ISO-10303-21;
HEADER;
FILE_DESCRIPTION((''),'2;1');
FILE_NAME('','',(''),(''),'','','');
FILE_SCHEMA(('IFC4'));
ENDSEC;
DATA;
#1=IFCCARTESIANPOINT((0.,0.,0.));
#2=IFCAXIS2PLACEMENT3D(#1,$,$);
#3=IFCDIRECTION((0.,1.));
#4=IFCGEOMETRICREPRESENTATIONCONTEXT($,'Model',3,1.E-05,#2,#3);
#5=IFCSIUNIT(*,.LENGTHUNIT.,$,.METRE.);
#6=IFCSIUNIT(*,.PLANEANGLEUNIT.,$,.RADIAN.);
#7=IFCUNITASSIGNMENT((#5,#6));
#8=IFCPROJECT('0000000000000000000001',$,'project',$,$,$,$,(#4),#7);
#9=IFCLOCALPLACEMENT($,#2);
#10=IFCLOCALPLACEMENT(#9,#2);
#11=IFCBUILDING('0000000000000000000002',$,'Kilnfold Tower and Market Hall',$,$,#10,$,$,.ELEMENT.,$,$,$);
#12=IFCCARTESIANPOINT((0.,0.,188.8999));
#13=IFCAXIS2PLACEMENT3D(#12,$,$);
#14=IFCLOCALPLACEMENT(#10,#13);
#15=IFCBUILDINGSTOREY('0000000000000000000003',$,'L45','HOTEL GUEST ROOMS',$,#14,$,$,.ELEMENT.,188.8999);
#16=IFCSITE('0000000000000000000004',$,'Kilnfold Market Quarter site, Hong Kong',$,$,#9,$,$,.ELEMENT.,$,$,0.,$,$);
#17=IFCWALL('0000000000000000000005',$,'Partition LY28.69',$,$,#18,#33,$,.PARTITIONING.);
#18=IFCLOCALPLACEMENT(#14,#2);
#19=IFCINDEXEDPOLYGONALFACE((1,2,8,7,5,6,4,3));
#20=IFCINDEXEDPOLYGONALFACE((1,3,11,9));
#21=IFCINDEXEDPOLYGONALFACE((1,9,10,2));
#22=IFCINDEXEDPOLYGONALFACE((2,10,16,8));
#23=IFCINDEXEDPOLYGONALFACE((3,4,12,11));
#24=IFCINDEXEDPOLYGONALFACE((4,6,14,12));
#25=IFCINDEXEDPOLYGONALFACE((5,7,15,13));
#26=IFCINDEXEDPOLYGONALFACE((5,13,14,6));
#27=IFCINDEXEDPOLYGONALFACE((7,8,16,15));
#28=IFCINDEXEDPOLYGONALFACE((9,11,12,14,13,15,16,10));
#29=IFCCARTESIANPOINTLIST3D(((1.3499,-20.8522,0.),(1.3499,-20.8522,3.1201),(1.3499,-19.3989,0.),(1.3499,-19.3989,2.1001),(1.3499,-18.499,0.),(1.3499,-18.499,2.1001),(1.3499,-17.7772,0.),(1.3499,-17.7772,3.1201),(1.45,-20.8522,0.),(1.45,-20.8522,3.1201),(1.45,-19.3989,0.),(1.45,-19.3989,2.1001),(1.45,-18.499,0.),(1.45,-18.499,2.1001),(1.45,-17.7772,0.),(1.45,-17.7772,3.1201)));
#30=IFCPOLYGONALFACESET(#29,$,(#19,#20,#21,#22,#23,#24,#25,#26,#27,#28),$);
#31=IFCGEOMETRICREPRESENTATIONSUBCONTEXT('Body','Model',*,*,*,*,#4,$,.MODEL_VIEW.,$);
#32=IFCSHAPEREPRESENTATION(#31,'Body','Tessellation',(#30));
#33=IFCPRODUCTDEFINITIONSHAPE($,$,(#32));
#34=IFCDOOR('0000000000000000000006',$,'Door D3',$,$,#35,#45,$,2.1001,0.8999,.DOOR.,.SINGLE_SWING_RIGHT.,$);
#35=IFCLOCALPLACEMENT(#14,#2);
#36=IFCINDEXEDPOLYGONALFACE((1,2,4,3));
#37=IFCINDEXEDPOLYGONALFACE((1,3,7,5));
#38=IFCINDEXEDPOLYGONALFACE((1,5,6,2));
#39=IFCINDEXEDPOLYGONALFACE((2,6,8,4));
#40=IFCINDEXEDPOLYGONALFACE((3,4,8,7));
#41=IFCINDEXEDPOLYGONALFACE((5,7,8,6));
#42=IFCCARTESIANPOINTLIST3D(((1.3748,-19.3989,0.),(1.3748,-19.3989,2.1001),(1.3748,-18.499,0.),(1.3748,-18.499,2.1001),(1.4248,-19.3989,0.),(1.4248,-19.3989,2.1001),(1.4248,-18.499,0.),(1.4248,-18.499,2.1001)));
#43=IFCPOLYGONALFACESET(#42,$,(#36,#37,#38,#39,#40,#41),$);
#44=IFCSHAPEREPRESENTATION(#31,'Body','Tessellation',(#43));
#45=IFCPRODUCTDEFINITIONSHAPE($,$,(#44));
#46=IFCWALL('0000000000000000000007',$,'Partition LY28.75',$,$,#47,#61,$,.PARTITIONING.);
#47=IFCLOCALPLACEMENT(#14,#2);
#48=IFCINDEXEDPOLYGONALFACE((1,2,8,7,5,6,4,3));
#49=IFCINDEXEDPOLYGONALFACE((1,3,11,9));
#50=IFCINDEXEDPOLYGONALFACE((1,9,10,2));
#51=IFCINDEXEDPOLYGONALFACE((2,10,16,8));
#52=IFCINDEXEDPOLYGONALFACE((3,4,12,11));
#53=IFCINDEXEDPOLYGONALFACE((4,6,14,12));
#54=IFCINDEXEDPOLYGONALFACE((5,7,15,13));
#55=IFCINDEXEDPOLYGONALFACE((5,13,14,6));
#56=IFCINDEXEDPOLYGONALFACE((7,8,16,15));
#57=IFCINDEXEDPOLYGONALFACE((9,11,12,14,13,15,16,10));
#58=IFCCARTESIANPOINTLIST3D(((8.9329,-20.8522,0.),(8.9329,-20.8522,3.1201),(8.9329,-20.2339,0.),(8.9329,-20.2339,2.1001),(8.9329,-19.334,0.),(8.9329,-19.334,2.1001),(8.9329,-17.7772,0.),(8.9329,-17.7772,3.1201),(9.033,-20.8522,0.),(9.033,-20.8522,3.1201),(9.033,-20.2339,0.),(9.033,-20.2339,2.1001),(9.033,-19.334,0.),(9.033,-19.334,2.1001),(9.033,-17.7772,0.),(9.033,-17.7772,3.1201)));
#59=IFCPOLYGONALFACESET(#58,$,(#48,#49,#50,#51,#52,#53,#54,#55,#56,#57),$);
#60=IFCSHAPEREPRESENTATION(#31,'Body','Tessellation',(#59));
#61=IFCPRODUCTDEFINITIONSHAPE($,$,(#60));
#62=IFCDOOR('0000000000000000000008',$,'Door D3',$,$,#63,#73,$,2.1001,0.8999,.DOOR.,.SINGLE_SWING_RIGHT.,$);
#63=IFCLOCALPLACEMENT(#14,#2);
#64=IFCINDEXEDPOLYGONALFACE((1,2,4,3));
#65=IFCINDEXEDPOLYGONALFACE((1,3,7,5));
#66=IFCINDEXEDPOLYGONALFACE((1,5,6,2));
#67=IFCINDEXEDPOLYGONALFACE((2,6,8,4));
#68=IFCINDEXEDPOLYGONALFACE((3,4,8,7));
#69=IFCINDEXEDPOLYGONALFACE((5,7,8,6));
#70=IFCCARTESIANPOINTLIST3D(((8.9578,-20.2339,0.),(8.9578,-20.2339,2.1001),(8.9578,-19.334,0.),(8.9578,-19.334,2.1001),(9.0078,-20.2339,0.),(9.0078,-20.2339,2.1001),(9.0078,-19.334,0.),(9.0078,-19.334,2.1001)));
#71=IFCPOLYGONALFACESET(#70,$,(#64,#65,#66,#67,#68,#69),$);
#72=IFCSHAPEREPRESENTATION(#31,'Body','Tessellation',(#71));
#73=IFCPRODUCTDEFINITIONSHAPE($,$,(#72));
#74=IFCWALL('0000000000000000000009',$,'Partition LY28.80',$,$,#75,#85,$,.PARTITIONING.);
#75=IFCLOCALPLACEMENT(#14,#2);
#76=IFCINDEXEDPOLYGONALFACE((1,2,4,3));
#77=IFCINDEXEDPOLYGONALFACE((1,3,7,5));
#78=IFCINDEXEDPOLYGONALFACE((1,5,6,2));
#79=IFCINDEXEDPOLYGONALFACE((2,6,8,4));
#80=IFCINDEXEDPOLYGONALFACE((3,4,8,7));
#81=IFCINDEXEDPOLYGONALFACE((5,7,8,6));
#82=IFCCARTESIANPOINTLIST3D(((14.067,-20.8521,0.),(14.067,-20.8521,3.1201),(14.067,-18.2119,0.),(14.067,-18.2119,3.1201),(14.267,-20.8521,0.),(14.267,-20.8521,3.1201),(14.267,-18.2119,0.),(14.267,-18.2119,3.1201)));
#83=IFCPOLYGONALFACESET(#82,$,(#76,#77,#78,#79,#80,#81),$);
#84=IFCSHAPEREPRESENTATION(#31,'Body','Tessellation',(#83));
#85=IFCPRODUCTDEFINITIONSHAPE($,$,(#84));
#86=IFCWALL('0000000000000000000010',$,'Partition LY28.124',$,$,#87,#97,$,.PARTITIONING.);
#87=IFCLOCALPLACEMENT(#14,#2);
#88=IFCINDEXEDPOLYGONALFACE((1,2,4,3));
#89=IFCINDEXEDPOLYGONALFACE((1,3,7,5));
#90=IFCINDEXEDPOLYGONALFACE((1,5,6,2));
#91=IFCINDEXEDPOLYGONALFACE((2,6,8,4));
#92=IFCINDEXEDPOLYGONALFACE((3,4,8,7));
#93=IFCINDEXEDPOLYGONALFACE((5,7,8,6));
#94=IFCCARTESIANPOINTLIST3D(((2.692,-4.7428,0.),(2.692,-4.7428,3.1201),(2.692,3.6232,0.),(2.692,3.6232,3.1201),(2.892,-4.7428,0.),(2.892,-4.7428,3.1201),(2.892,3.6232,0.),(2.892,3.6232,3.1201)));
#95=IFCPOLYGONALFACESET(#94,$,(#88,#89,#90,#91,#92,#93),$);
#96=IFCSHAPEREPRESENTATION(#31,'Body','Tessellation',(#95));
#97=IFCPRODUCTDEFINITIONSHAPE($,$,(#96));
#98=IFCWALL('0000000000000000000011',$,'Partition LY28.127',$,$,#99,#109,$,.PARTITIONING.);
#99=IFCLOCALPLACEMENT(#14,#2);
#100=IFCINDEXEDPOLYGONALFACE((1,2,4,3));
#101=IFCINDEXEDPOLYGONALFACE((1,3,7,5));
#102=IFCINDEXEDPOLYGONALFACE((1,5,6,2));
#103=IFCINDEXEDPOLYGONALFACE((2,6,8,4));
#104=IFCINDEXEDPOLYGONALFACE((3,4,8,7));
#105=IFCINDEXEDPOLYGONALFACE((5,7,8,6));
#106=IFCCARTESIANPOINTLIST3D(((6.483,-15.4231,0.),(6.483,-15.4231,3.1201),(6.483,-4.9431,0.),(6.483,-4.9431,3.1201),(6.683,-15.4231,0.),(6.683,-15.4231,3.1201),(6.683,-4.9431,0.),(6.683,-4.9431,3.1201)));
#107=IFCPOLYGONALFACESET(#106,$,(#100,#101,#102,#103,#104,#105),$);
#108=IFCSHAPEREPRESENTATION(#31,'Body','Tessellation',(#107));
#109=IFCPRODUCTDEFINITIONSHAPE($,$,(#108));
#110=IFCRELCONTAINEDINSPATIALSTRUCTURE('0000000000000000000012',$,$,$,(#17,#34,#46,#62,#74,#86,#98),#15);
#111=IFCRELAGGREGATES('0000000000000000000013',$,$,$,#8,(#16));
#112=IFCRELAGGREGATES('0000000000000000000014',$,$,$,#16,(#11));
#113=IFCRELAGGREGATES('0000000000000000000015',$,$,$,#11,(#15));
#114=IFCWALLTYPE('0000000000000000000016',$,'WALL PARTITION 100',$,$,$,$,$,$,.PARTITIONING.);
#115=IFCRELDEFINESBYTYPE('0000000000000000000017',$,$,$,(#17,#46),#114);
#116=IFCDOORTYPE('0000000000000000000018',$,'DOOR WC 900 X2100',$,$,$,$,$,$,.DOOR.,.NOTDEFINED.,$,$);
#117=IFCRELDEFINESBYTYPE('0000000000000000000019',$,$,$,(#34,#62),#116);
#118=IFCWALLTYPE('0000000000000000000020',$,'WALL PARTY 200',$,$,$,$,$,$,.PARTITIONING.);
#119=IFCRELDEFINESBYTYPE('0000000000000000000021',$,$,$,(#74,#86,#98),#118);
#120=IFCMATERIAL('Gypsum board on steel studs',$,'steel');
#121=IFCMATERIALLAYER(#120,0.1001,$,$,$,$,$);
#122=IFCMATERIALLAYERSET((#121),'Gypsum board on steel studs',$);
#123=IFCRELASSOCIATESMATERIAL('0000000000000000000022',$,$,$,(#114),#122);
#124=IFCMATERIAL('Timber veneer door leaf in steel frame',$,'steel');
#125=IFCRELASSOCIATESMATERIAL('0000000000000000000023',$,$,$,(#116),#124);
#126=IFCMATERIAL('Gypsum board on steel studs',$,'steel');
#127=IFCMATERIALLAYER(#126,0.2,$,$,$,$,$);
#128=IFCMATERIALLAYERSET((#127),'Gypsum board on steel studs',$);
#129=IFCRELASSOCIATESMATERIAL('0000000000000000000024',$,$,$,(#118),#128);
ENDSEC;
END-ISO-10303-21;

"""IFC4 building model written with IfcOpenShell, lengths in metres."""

from ifc_helpers import new_model, si_unit, direction, frame, frame_2d, origin, place, context, subcontext, project, spatial, rectangle, extrude, material, layer, layer_set, type_object, element, fill, save


model = new_model("IFC4")

# Units and contexts
model_context = context("Model", 3, precision=1e-05, world=origin(), true_north=direction((0.0, 1.0)))
body_context = subcontext(model_context, "Body", "Model", "MODEL_VIEW")
ifc_project = project(units=[si_unit("LENGTHUNIT", "METRE"), si_unit("PLANEANGLEUNIT", "RADIAN")], contexts=[model_context])

# Site, building, storey
site_placement = place(None, origin())
site = spatial("IfcSite", under=ifc_project, at=site_placement, Name="Kilnfold Market Quarter site, Hong Kong", CompositionType="ELEMENT", RefElevation=0.0)
building_placement = place(site_placement, origin())
building = spatial("IfcBuilding", under=site, at=building_placement, Name="Kilnfold Tower and Market Hall", CompositionType="ELEMENT")
storey_placement = place(building_placement, frame((0.0, 0.0, 188.8999)))
storey = spatial("IfcBuildingStorey", under=building, at=storey_placement, Name="L45", Description="HOTEL GUEST ROOMS", CompositionType="ELEMENT", Elevation=188.8999)

# Walls, openings, doors
ifc_material_1 = material(Name="Gypsum board on steel studs", Category="steel")
ifc_layer_1 = layer(ifc_material_1, 0.1001)
ifc_layer_set_1 = layer_set([ifc_layer_1], Name="Gypsum board on steel studs")
wall_type_1 = type_object("IfcWallType", Name="WALL PARTITION 100", PredefinedType="PARTITIONING", material=ifc_layer_set_1)
wall_1_placement = place(storey_placement, frame((1.3999, -17.7771, 0.0), z_axis=(0.0, 0.0, 1.0), x_axis=(0.0, -1.0, 0.0)))
wall_1 = element("IfcWall", 1, at=wall_1_placement, inside=storey, type_object=wall_type_1, Name="Partition LY28.69", PredefinedType="PARTITIONING", context=body_context, shape_type="SweptSolid", body=[
    extrude(rectangle(XDim=3.075, YDim=0.1001, at=frame_2d((1.5376, 0.0))), origin(), (0.0, 0.0, 1.0), 3.1201),
])
opening_1_placement = place(wall_1_placement, frame((0.7219, 0.0, 0.0)))
opening_1 = element("IfcOpeningElement", 2, at=opening_1_placement, cuts=wall_1, PredefinedType="OPENING", context=body_context, shape_type="SweptSolid", body=[
    extrude(rectangle(XDim=0.8999, YDim=2.1001, at=frame_2d((0.45, 1.05))), frame((0.0, 0.0601, 0.0), z_axis=(0.0, -1.0, 0.0), x_axis=(1.0, 0.0, 0.0)), (0.0, 0.0, 1.0), 0.1201),
])
ifc_material_2 = material(Name="Timber veneer door leaf in steel frame", Category="steel")
door_type_1 = type_object("IfcDoorType", Name="DOOR WC 900 X2100", OperationType="NOTDEFINED", PredefinedType="DOOR", material=ifc_material_2)
door_1_placement = place(opening_1_placement, origin())
door_1 = element("IfcDoor", 3, at=door_1_placement, inside=storey, type_object=door_type_1, Name="Door D3", OperationType="SINGLE_SWING_RIGHT", OverallHeight=2.1001, OverallWidth=0.8999, PredefinedType="DOOR", context=body_context, shape_type="SweptSolid", body=[
    extrude(rectangle(XDim=0.8999, YDim=2.1001, at=frame_2d((0.45, 1.05))), frame((0.0, 0.0249, 0.0), z_axis=(0.0, -1.0, 0.0), x_axis=(1.0, 0.0, 0.0)), (0.0, 0.0, 1.0), 0.05),
])
fill(opening_1, door_1)
wall_2_placement = place(storey_placement, frame((8.9829, -17.7771, 0.0), z_axis=(0.0, 0.0, 1.0), x_axis=(0.0, -1.0, 0.0)))
wall_2 = element("IfcWall", 4, at=wall_2_placement, inside=storey, type_object=wall_type_1, Name="Partition LY28.75", PredefinedType="PARTITIONING", context=body_context, shape_type="SweptSolid", body=[
    extrude(rectangle(XDim=3.075, YDim=0.1001, at=frame_2d((1.5376, 0.0))), origin(), (0.0, 0.0, 1.0), 3.1201),
])
opening_2_placement = place(wall_2_placement, frame((1.5569, 0.0, 0.0)))
opening_2 = element("IfcOpeningElement", 5, at=opening_2_placement, cuts=wall_2, PredefinedType="OPENING", context=body_context, shape_type="SweptSolid", body=[
    extrude(rectangle(XDim=0.8999, YDim=2.1001, at=frame_2d((0.45, 1.05))), frame((0.0, 0.0601, 0.0), z_axis=(0.0, -1.0, 0.0), x_axis=(1.0, 0.0, 0.0)), (0.0, 0.0, 1.0), 0.1201),
])
door_2_placement = place(opening_2_placement, origin())
door_2 = element("IfcDoor", 6, at=door_2_placement, inside=storey, type_object=door_type_1, Name="Door D3", OperationType="SINGLE_SWING_RIGHT", OverallHeight=2.1001, OverallWidth=0.8999, PredefinedType="DOOR", context=body_context, shape_type="SweptSolid", body=[
    extrude(rectangle(XDim=0.8999, YDim=2.1001, at=frame_2d((0.45, 1.05))), frame((0.0, 0.0249, 0.0), z_axis=(0.0, -1.0, 0.0), x_axis=(1.0, 0.0, 0.0)), (0.0, 0.0, 1.0), 0.05),
])
fill(opening_2, door_2)

# Walls
ifc_material_3 = material(Name="Gypsum board on steel studs", Category="steel")
ifc_layer_2 = layer(ifc_material_3, 0.2)
ifc_layer_set_2 = layer_set([ifc_layer_2], Name="Gypsum board on steel studs")
wall_type_2 = type_object("IfcWallType", Name="WALL PARTY 200", PredefinedType="PARTITIONING", material=ifc_layer_set_2)
wall_3_placement = place(storey_placement, frame((14.167, -20.8521, 0.0), z_axis=(0.0, 0.0, 1.0), x_axis=(0.0, 1.0, 0.0)))
element("IfcWall", 7, at=wall_3_placement, inside=storey, type_object=wall_type_2, Name="Partition LY28.80", PredefinedType="PARTITIONING", context=body_context, shape_type="SweptSolid", body=[
    extrude(rectangle(XDim=2.6401, YDim=0.2, at=frame_2d((1.3201, 0.0))), origin(), (0.0, 0.0, 1.0), 3.1201),
])
wall_4_placement = place(storey_placement, frame((2.792, -4.7429, 0.0), z_axis=(0.0, 0.0, 1.0), x_axis=(0.0, 1.0, 0.0)))
element("IfcWall", 8, at=wall_4_placement, inside=storey, type_object=wall_type_2, Name="Partition LY28.124", PredefinedType="PARTITIONING", context=body_context, shape_type="SweptSolid", body=[
    extrude(rectangle(XDim=8.366, YDim=0.2, at=frame_2d((4.1831, 0.0))), origin(), (0.0, 0.0, 1.0), 3.1201),
])
wall_5_placement = place(storey_placement, frame((6.583, -15.4231, 0.0), z_axis=(0.0, 0.0, 1.0), x_axis=(0.0, 1.0, 0.0)))
element("IfcWall", 9, at=wall_5_placement, inside=storey, type_object=wall_type_2, Name="Partition LY28.127", PredefinedType="PARTITIONING", context=body_context, shape_type="SweptSolid", body=[
    extrude(rectangle(XDim=10.48, YDim=0.2, at=frame_2d((5.24, 0.0))), origin(), (0.0, 0.0, 1.0), 3.1201),
])

save(model, "model.ifc")
